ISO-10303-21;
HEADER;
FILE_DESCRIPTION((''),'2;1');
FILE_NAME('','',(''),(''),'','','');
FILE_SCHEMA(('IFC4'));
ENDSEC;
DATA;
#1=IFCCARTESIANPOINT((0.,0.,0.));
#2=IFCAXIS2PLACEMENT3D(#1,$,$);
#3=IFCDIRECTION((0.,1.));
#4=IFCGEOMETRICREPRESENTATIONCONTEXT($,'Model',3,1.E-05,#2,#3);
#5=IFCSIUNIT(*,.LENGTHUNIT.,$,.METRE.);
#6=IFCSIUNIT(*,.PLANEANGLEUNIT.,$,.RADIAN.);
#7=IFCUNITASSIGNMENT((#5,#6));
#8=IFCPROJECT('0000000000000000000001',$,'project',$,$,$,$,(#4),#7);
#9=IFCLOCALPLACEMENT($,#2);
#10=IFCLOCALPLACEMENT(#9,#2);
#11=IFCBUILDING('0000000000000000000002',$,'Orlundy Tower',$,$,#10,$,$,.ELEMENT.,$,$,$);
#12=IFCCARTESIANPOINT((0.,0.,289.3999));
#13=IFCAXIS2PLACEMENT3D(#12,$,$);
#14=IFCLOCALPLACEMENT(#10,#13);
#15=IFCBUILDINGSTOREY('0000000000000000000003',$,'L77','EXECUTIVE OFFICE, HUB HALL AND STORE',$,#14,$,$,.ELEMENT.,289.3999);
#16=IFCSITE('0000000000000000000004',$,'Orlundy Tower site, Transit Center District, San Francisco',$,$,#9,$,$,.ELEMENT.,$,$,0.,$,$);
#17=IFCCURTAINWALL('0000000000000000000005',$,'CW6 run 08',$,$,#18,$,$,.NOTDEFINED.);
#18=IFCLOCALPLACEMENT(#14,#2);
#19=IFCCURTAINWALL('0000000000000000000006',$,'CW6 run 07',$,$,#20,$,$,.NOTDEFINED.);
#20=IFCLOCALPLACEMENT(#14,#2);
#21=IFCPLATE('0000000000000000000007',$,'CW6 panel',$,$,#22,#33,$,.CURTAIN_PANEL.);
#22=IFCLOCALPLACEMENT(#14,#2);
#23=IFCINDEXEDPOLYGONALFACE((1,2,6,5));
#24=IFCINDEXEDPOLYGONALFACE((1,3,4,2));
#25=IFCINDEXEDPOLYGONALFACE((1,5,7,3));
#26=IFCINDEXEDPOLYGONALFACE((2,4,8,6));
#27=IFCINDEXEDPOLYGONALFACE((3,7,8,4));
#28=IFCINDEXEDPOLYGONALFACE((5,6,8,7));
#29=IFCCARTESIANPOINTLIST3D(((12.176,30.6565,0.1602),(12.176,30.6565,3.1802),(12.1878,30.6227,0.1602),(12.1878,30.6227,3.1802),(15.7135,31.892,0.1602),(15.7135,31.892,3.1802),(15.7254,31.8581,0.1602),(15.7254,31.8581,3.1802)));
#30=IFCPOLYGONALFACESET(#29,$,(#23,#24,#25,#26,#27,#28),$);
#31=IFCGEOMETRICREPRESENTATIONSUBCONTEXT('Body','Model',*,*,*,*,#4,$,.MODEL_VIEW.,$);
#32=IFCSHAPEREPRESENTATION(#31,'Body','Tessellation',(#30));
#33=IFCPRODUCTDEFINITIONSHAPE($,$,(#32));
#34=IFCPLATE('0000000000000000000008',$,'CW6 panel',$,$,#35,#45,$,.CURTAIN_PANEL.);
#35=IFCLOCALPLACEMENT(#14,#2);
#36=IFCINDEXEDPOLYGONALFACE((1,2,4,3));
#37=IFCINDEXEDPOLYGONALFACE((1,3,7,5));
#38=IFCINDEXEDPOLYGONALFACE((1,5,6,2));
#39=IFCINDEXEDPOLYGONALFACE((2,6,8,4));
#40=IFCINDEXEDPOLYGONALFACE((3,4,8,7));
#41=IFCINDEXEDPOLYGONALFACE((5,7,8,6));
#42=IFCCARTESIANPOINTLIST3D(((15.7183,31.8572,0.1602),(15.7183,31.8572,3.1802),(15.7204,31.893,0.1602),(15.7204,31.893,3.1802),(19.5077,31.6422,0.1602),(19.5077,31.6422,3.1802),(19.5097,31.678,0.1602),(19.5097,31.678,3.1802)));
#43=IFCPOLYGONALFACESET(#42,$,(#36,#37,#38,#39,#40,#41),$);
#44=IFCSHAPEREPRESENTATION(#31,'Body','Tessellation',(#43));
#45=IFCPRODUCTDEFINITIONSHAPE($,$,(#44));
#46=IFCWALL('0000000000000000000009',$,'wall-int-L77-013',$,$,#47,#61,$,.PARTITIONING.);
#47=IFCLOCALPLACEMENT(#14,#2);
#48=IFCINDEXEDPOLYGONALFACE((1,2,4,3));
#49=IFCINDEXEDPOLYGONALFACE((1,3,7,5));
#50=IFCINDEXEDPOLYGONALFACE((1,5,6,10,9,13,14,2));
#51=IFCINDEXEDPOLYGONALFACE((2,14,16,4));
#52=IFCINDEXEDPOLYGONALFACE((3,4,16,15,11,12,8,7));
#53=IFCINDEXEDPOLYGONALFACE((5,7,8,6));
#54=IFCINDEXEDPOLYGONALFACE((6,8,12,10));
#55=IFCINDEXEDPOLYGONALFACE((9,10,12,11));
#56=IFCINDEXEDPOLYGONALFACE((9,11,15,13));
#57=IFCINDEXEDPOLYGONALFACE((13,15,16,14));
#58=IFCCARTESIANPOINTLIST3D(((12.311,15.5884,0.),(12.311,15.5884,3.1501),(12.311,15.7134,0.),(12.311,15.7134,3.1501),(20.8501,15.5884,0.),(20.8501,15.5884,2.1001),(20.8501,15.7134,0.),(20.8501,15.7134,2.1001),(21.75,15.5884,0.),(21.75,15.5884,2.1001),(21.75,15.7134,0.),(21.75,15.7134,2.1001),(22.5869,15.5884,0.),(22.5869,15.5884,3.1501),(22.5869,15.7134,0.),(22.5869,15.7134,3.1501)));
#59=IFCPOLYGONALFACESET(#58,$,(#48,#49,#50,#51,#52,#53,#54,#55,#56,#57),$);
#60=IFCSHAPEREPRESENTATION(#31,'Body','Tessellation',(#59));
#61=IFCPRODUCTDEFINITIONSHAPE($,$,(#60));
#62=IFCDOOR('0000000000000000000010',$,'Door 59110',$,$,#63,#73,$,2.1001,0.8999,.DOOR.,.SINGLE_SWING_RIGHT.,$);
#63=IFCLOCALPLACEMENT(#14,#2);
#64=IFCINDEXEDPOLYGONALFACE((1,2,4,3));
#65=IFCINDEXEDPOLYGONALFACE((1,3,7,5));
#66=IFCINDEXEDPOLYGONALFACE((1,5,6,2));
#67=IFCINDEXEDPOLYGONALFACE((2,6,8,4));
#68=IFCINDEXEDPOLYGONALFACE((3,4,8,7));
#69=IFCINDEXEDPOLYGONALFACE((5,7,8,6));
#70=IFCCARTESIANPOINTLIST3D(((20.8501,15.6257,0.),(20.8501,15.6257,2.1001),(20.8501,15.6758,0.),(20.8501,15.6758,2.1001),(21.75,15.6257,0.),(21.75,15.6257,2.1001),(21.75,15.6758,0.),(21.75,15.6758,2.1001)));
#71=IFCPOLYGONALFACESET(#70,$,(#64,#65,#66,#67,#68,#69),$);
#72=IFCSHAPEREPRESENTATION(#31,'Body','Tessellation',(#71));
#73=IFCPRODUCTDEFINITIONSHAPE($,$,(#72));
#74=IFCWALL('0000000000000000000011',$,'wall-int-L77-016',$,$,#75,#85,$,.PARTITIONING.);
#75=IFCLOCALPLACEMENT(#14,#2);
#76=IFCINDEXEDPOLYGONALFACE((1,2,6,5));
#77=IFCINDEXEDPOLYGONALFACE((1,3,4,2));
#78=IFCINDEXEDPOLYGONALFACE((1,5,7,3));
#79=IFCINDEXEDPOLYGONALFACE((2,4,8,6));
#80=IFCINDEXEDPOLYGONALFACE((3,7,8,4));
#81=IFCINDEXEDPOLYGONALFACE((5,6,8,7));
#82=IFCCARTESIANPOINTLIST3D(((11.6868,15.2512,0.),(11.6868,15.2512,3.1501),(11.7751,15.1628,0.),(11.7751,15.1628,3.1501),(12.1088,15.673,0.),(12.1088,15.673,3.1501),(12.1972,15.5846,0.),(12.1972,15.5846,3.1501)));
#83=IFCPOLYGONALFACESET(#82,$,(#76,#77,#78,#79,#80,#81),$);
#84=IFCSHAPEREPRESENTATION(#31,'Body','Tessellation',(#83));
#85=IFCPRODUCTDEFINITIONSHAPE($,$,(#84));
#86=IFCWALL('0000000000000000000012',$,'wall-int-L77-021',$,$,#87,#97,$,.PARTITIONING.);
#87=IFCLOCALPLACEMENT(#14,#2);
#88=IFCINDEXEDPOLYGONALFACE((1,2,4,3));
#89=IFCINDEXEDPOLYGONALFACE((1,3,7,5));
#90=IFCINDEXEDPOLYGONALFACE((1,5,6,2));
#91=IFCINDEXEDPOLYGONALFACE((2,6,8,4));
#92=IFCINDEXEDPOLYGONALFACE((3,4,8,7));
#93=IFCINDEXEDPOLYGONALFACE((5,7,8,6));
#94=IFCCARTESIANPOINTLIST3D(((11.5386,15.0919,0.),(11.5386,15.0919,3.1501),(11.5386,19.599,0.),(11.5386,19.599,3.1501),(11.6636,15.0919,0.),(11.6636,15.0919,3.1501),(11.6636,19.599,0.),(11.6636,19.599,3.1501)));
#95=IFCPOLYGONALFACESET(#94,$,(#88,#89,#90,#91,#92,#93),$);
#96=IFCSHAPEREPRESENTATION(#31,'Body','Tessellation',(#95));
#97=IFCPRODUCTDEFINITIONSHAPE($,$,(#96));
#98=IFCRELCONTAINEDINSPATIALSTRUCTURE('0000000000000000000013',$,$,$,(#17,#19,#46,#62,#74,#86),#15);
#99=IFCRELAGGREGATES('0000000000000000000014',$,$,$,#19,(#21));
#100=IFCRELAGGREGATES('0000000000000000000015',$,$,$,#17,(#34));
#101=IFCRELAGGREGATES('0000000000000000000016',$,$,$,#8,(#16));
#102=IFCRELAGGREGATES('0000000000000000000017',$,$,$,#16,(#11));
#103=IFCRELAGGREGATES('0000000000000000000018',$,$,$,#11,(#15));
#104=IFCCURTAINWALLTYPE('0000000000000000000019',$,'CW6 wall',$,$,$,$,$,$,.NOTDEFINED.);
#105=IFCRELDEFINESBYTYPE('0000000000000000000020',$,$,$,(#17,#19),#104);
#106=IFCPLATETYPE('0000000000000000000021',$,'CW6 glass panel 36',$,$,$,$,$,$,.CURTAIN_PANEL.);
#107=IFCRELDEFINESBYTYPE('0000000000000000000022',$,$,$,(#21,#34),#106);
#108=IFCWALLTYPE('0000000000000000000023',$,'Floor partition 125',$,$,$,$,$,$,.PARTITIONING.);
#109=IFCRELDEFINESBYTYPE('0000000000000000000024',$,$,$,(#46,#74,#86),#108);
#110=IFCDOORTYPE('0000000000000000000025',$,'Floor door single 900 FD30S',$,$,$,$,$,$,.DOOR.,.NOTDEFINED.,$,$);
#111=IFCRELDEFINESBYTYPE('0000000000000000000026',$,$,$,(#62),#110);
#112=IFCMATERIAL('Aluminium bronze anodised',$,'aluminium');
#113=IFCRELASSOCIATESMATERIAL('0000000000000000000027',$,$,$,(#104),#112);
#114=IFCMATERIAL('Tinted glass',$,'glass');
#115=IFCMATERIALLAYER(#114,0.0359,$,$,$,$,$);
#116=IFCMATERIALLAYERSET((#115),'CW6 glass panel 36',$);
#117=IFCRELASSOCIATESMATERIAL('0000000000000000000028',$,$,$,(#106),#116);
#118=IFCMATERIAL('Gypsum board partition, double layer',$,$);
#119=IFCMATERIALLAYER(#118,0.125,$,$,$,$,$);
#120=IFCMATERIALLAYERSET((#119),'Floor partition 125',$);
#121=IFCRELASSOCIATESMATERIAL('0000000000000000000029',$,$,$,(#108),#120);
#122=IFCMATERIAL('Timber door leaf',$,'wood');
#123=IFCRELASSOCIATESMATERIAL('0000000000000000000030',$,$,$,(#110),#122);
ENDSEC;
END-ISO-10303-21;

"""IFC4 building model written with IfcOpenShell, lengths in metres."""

from ifc_helpers import new_model, si_unit, direction, frame, frame_2d, origin, origin_2d, place, context, subcontext, project, spatial, rectangle, extrude, material, layer, layer_set, type_object, element, fill, aggregate, save


model = new_model("IFC4")

# Units and contexts
model_context = context("Model", 3, precision=1e-05, world=origin(), true_north=direction((0.0, 1.0)))
body_context = subcontext(model_context, "Body", "Model", "MODEL_VIEW")
ifc_project = project(units=[si_unit("LENGTHUNIT", "METRE"), si_unit("PLANEANGLEUNIT", "RADIAN")], contexts=[model_context])

# Site, building, storey
site_placement = place(None, origin())
site = spatial("IfcSite", under=ifc_project, at=site_placement, Name="Orlundy Tower site, Transit Center District, San Francisco", CompositionType="ELEMENT", RefElevation=0.0)
building_placement = place(site_placement, origin())
building = spatial("IfcBuilding", under=site, at=building_placement, Name="Orlundy Tower", CompositionType="ELEMENT")
storey_placement = place(building_placement, frame((0.0, 0.0, 289.3999)))
storey = spatial("IfcBuildingStorey", under=building, at=storey_placement, Name="L77", Description="EXECUTIVE OFFICE, HUB HALL AND STORE", CompositionType="ELEMENT", Elevation=289.3999)

# Curtain walls
ifc_material_1 = material(Name="Aluminium bronze anodised", Category="aluminium")
curtain_wall_type = type_object("IfcCurtainWallType", Name="CW6 wall", PredefinedType="NOTDEFINED", material=ifc_material_1)
curtain_wall_1_placement = place(storey_placement, origin())
curtain_wall_1 = element("IfcCurtainWall", 1, at=curtain_wall_1_placement, inside=storey, type_object=curtain_wall_type, Name="CW6 run 08", PredefinedType="NOTDEFINED")
curtain_wall_2_placement = place(storey_placement, origin())
curtain_wall_2 = element("IfcCurtainWall", 2, at=curtain_wall_2_placement, inside=storey, type_object=curtain_wall_type, Name="CW6 run 07", PredefinedType="NOTDEFINED")

# Plates
ifc_material_2 = material(Name="Tinted glass", Category="glass")
ifc_layer_1 = layer(ifc_material_2, 0.0359)
ifc_layer_set_1 = layer_set([ifc_layer_1], Name="CW6 glass panel 36")
plate_type = type_object("IfcPlateType", Name="CW6 glass panel 36", PredefinedType="CURTAIN_PANEL", material=ifc_layer_set_1)
plate_1_placement = place(storey_placement, frame((13.9507, 31.2573, 0.1602), z_axis=(0.0, 0.0, 1.0), x_axis=(0.944081, 0.329713, 0.0)))
plate_1 = element("IfcPlate", 3, at=plate_1_placement, type_object=plate_type, Name="CW6 panel", PredefinedType="CURTAIN_PANEL", context=body_context, shape_type="SweptSolid", body=[
    extrude(rectangle(XDim=3.7471, YDim=0.0359, at=origin_2d()), origin(), (0.0, 0.0, 1.0), 3.02),
])
aggregate(curtain_wall_2, [plate_1])
plate_2_placement = place(storey_placement, frame((17.614, 31.7676, 0.1602), z_axis=(0.0, 0.0, 1.0), x_axis=(0.998394, -0.05665, 0.0)))
plate_2 = element("IfcPlate", 4, at=plate_2_placement, type_object=plate_type, Name="CW6 panel", PredefinedType="CURTAIN_PANEL", context=body_context, shape_type="SweptSolid", body=[
    extrude(rectangle(XDim=3.7954, YDim=0.0359, at=origin_2d()), origin(), (0.0, 0.0, 1.0), 3.02),
])
aggregate(curtain_wall_1, [plate_2])

# Wall, opening, door
ifc_material_3 = material(Name="Gypsum board partition, double layer")
ifc_layer_2 = layer(ifc_material_3, 0.125)
ifc_layer_set_2 = layer_set([ifc_layer_2], Name="Floor partition 125")
wall_type = type_object("IfcWallType", Name="Floor partition 125", PredefinedType="PARTITIONING", material=ifc_layer_set_2)
wall_1_placement = place(storey_placement, frame((12.311, 15.6509, 0.0), z_axis=(0.0, 0.0, 1.0), x_axis=(1.0, 0.0, 0.0)))
wall_1 = element("IfcWall", 5, at=wall_1_placement, inside=storey, type_object=wall_type, Name="wall-int-L77-013", PredefinedType="PARTITIONING", context=body_context, shape_type="SweptSolid", body=[
    extrude(rectangle(XDim=10.2759, YDim=0.125, at=frame_2d((5.1379, 0.0))), origin(), (0.0, 0.0, 1.0), 3.1501),
])
opening_placement = place(wall_1_placement, frame((8.5391, 0.0, 0.0)))
opening = element("IfcOpeningElement", 6, at=opening_placement, cuts=wall_1, PredefinedType="OPENING", context=body_context, shape_type="SweptSolid", body=[
    extrude(rectangle(XDim=0.8999, YDim=2.1001, at=frame_2d((0.45, 1.05))), frame((0.0, 0.0725, 0.0), z_axis=(0.0, -1.0, 0.0), x_axis=(1.0, 0.0, 0.0)), (0.0, 0.0, 1.0), 0.145),
])
ifc_material_4 = material(Name="Timber door leaf", Category="wood")
door_type = type_object("IfcDoorType", Name="Floor door single 900 FD30S", OperationType="NOTDEFINED", PredefinedType="DOOR", material=ifc_material_4)
door_placement = place(opening_placement, origin())
door = element("IfcDoor", 7, at=door_placement, inside=storey, type_object=door_type, Name="Door 59110", OperationType="SINGLE_SWING_RIGHT", OverallHeight=2.1001, OverallWidth=0.8999, PredefinedType="DOOR", context=body_context, shape_type="SweptSolid", body=[
    extrude(rectangle(XDim=0.8999, YDim=2.1001, at=frame_2d((0.45, 1.05))), frame((0.0, 0.0249, 0.0), z_axis=(0.0, -1.0, 0.0), x_axis=(1.0, 0.0, 0.0)), (0.0, 0.0, 1.0), 0.05),
])
fill(opening, door)

# Walls
wall_2_placement = place(storey_placement, frame((11.731, 15.207, 0.0), z_axis=(0.0, 0.0, 1.0), x_axis=(0.707311, 0.706902, 0.0)))
element("IfcWall", 8, at=wall_2_placement, inside=storey, type_object=wall_type, Name="wall-int-L77-016", PredefinedType="PARTITIONING", context=body_context, shape_type="SweptSolid", body=[
    extrude(rectangle(XDim=0.5967, YDim=0.125, at=frame_2d((0.2983, 0.0))), origin(), (0.0, 0.0, 1.0), 3.1501),
])
wall_3_placement = place(storey_placement, frame((11.6011, 15.092, 0.0), z_axis=(0.0, 0.0, 1.0), x_axis=(0.0, 1.0, 0.0)))
element("IfcWall", 9, at=wall_3_placement, inside=storey, type_object=wall_type, Name="wall-int-L77-021", PredefinedType="PARTITIONING", context=body_context, shape_type="SweptSolid", body=[
    extrude(rectangle(XDim=4.5071, YDim=0.125, at=frame_2d((2.2534, 0.0))), origin(), (0.0, 0.0, 1.0), 3.1501),
])

save(model, "model.ifc")
